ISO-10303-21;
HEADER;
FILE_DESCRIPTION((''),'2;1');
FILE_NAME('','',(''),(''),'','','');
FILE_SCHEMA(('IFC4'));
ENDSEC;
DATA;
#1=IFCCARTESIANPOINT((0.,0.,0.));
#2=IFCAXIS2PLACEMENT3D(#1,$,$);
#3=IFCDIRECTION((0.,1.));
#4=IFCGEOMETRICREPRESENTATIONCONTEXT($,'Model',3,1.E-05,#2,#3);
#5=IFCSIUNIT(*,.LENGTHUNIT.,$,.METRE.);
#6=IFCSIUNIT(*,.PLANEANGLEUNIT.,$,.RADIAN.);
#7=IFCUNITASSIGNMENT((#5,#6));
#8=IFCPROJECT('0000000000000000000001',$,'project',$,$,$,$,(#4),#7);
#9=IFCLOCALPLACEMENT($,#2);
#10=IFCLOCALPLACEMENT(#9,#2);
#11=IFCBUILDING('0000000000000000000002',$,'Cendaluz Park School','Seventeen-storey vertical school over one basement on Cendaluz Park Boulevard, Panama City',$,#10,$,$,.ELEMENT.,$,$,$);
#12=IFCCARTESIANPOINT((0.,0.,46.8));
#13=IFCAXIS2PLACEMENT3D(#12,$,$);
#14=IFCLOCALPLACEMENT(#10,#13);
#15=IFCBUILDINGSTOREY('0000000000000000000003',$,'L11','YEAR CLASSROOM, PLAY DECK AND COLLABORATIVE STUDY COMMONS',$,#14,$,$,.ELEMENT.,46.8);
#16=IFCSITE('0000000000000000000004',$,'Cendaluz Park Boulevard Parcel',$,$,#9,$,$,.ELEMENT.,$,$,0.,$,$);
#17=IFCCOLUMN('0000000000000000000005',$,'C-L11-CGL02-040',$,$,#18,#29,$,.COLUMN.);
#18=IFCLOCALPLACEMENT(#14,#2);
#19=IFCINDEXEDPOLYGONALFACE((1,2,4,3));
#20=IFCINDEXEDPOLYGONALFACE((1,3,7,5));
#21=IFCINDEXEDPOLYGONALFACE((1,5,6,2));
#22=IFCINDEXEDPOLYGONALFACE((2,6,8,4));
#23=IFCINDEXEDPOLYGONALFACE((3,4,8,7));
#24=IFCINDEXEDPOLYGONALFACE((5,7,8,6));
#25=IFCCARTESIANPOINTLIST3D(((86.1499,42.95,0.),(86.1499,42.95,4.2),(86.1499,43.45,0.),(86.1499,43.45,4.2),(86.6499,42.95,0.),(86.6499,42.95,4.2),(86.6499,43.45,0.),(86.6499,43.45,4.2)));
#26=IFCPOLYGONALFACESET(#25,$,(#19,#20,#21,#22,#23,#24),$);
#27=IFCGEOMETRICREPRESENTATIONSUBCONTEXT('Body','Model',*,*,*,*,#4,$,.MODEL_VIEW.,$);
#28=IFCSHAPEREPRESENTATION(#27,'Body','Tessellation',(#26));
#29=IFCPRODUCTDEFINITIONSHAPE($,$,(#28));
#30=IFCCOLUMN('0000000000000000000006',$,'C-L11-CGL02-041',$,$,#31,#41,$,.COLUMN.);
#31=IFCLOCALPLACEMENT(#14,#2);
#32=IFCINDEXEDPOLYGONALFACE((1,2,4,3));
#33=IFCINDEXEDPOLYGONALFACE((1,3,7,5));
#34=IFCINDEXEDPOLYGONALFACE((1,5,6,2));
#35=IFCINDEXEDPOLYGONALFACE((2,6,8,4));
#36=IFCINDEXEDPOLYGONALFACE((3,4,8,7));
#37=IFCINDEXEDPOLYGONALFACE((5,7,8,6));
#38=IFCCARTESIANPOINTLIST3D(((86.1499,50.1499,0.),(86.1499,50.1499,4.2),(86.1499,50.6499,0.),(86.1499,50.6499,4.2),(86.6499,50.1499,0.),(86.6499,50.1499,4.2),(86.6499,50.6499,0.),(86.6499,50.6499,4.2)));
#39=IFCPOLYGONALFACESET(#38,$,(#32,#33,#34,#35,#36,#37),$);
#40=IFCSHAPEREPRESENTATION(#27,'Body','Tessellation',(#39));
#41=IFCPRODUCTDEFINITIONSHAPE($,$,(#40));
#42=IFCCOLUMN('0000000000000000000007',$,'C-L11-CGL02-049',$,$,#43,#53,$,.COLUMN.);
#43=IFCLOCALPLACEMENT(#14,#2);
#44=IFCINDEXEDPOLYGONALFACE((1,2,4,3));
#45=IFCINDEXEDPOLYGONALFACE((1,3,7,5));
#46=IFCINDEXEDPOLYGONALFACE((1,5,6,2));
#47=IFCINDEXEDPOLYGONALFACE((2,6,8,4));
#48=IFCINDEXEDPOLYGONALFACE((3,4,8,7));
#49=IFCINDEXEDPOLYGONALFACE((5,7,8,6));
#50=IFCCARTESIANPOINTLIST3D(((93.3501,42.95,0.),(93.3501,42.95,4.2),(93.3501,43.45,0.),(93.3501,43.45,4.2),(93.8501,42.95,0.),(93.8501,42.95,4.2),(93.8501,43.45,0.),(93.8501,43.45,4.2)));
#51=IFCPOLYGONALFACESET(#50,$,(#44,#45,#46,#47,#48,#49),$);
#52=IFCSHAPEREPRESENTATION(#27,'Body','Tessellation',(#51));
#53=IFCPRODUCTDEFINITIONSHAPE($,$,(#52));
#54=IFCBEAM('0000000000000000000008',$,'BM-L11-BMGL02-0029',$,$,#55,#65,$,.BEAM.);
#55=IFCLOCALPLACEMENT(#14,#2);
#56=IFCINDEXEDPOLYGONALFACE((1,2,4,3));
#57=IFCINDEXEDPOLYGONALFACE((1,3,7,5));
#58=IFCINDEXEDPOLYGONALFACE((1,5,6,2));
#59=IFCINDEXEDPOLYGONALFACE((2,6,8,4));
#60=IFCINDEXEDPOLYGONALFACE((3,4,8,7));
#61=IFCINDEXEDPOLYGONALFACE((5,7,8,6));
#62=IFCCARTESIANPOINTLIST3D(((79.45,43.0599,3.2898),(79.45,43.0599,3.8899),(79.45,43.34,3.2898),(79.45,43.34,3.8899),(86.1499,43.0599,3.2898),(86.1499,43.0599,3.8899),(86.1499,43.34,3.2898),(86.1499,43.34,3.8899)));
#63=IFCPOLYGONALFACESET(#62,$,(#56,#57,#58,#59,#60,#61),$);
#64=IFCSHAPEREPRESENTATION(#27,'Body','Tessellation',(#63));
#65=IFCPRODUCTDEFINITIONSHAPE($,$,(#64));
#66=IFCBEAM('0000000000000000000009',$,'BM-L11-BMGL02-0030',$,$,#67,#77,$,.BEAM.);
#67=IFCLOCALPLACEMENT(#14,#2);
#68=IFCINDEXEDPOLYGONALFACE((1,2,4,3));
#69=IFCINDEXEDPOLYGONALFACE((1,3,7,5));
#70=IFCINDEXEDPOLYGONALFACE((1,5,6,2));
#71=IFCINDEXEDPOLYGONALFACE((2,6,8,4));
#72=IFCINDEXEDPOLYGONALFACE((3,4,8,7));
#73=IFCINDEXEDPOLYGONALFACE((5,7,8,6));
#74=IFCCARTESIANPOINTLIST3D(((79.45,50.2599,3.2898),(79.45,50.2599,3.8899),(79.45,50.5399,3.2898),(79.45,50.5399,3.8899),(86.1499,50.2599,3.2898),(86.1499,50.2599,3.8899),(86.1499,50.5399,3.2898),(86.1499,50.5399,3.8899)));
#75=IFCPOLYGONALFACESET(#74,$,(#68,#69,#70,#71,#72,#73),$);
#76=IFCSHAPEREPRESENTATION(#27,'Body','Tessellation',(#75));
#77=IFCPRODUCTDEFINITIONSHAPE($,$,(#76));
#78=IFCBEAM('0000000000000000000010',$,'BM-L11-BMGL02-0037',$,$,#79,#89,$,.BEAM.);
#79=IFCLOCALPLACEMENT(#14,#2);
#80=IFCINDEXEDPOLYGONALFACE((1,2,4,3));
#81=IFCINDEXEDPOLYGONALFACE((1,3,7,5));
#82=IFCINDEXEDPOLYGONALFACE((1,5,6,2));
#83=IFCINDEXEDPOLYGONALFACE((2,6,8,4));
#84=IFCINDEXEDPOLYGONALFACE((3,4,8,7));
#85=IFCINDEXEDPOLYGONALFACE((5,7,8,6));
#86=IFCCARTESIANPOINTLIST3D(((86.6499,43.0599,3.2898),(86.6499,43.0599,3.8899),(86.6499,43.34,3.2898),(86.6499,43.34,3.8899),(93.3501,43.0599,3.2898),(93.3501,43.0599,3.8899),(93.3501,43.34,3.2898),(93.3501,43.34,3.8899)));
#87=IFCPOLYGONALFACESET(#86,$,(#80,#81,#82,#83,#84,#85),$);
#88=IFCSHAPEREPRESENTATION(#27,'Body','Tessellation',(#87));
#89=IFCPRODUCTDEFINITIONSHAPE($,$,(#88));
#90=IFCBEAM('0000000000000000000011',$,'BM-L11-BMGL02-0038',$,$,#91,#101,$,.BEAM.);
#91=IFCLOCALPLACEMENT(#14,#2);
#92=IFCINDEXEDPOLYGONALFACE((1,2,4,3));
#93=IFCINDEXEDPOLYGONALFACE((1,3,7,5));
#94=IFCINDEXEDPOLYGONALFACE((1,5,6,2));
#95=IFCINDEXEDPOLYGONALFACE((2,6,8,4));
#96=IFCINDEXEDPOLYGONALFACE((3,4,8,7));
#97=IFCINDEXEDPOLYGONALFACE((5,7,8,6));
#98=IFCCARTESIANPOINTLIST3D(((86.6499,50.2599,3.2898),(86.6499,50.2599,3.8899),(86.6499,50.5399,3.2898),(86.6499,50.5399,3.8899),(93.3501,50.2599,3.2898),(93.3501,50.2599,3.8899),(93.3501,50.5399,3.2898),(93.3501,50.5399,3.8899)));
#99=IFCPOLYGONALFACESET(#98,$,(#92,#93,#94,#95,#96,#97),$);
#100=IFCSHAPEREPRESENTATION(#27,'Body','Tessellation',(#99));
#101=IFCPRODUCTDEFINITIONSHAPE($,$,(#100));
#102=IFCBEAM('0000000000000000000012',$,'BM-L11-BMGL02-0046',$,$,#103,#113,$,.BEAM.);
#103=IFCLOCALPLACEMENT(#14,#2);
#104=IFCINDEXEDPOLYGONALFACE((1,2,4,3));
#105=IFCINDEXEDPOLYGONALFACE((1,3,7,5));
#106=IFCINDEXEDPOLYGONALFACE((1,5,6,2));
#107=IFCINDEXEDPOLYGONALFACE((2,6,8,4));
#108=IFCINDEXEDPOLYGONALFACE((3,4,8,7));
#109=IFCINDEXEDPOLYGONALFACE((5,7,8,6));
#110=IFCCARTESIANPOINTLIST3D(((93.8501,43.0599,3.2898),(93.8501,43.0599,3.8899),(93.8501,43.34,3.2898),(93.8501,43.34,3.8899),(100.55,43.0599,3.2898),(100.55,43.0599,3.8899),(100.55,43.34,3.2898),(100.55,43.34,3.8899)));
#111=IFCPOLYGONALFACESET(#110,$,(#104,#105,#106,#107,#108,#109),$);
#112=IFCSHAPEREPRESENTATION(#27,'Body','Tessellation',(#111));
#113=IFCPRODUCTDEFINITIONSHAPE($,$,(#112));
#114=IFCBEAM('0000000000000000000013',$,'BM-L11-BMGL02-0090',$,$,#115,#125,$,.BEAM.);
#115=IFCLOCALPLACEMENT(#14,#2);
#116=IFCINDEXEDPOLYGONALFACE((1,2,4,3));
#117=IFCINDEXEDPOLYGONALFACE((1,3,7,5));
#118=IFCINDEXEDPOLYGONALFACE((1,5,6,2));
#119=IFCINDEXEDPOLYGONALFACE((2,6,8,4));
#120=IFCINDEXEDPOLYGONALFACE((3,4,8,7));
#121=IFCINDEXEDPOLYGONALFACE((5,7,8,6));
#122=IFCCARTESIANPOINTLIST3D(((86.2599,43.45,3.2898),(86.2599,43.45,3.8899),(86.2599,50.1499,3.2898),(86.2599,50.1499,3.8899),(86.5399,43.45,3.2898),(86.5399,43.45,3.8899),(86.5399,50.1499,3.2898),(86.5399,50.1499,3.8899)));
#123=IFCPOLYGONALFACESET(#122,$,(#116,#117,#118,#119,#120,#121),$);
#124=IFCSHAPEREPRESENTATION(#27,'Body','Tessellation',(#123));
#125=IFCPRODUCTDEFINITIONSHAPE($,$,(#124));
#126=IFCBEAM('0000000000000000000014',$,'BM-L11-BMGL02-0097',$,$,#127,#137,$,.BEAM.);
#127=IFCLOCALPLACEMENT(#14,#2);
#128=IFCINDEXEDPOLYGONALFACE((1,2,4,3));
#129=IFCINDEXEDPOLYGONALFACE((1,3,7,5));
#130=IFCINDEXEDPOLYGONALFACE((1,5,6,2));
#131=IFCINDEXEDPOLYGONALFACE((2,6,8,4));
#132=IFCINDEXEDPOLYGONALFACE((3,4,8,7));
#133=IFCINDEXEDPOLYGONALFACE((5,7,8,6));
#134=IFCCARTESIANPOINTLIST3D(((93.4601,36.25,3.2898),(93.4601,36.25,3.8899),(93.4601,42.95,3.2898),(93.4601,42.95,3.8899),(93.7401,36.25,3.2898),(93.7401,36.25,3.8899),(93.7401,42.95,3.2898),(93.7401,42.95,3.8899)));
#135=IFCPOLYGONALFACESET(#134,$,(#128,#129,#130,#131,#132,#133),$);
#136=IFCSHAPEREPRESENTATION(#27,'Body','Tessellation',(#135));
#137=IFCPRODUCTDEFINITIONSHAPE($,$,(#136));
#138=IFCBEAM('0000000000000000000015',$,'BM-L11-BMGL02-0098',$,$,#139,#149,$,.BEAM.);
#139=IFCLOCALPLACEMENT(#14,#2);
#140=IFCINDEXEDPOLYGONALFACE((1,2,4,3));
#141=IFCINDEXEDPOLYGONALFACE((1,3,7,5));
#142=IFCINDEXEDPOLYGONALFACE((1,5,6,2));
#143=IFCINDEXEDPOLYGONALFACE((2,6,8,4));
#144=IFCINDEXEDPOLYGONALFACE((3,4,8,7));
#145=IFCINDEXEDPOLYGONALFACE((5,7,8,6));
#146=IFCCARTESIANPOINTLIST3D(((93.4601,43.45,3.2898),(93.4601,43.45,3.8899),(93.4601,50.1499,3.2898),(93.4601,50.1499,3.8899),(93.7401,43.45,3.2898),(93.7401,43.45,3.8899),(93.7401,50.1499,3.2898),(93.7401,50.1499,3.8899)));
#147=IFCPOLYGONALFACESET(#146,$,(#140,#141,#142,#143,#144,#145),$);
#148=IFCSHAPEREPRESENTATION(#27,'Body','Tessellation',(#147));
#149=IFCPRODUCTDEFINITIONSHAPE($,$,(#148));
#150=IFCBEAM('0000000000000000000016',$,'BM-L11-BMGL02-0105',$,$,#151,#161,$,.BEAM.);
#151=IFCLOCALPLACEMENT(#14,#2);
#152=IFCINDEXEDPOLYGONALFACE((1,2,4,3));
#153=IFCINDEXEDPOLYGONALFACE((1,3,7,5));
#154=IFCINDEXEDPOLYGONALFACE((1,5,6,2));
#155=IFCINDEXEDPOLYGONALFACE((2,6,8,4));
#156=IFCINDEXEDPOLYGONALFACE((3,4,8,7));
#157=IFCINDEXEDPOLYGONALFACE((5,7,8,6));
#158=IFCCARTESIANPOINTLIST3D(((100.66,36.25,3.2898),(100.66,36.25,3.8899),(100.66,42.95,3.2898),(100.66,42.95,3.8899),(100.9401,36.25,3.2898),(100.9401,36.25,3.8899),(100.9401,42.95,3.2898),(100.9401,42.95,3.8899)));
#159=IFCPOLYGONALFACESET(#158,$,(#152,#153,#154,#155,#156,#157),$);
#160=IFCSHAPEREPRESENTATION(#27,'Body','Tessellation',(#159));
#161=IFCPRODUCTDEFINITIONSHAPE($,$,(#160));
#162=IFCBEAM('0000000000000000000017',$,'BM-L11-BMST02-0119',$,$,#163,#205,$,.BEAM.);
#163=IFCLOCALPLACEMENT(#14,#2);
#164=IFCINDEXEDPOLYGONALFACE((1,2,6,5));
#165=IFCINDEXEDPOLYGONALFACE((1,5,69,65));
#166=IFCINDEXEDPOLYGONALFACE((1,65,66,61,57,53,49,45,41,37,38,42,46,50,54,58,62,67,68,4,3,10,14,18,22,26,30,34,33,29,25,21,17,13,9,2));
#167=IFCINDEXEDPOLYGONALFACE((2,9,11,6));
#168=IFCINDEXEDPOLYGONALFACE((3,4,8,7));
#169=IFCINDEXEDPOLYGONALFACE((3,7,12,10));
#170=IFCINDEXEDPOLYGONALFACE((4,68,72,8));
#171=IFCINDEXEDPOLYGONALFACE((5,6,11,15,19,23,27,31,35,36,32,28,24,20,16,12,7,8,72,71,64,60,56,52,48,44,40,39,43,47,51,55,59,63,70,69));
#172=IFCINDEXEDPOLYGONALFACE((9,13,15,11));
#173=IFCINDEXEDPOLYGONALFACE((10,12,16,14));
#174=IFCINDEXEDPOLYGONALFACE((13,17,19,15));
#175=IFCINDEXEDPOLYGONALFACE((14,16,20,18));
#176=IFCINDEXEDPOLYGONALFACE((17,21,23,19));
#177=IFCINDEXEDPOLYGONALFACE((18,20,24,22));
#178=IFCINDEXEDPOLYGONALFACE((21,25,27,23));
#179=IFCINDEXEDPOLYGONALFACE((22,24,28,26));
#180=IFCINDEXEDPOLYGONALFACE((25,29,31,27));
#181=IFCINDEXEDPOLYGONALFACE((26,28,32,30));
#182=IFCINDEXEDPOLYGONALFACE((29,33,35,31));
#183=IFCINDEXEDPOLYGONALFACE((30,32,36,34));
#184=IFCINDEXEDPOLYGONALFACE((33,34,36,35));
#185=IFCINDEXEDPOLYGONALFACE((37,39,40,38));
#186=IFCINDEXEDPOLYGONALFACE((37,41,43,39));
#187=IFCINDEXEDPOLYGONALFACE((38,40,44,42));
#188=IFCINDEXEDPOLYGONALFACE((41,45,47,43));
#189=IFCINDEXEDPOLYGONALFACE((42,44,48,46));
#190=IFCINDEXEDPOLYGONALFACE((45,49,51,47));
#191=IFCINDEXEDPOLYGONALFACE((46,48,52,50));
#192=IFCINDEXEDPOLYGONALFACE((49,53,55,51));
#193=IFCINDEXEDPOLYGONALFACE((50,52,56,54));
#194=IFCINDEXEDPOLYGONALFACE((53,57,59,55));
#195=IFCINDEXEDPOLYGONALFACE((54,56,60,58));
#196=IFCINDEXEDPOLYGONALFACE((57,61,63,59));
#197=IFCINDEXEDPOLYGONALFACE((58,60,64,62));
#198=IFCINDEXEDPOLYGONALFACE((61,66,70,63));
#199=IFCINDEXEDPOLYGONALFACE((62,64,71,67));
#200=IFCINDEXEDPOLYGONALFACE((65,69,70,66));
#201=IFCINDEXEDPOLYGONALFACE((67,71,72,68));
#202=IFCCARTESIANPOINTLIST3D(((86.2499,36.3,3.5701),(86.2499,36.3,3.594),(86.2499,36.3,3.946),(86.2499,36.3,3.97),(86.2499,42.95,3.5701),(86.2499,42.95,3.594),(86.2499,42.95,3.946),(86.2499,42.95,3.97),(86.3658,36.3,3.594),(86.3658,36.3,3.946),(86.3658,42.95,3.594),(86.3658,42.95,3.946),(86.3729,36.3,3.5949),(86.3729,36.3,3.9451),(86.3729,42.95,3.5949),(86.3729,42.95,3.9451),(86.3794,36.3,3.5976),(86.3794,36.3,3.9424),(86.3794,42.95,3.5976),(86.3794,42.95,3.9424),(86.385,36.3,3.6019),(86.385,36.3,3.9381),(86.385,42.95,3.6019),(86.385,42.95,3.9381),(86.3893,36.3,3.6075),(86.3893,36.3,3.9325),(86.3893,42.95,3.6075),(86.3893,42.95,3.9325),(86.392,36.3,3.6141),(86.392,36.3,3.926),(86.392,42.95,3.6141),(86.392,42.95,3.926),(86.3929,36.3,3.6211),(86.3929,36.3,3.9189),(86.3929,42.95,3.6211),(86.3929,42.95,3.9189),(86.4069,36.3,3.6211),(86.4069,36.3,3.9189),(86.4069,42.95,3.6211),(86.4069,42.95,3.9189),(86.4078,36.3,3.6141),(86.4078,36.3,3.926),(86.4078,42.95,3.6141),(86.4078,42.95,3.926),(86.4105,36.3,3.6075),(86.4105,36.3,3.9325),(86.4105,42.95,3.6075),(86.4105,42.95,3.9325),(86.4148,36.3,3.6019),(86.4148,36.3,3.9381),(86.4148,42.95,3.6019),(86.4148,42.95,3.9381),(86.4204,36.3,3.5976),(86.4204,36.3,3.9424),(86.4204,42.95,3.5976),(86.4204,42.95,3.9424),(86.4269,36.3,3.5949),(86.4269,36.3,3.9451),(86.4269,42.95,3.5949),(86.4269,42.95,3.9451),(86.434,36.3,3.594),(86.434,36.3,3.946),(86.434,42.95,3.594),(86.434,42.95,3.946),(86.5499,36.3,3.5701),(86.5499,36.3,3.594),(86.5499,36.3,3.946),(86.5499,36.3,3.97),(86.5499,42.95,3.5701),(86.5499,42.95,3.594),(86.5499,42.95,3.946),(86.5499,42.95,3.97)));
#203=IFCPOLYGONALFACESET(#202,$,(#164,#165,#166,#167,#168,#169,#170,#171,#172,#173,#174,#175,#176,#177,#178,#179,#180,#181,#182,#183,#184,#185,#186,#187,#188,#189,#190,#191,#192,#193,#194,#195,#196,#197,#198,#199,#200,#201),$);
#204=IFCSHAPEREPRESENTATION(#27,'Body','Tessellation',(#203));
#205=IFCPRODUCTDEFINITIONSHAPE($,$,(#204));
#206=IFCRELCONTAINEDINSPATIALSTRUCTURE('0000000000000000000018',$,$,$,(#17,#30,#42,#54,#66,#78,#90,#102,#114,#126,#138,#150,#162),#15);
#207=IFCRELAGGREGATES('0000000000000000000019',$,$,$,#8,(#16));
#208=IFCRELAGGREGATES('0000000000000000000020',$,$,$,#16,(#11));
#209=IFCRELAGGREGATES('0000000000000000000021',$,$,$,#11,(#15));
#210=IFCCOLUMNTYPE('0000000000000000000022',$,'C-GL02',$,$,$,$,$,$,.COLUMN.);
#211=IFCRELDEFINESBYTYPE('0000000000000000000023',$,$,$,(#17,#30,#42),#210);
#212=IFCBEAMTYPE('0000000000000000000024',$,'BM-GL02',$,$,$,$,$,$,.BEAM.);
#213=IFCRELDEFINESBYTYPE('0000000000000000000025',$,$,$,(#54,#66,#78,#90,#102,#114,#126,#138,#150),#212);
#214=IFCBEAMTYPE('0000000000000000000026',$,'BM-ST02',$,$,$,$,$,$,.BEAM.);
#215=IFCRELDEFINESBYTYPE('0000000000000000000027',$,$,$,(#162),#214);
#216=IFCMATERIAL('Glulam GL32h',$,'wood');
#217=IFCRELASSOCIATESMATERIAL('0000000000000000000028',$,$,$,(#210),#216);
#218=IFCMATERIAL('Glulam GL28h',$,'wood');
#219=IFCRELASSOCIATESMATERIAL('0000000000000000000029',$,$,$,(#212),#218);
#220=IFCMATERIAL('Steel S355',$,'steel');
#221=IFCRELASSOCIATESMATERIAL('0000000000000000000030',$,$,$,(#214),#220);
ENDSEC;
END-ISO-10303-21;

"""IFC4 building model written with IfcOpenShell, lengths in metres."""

from ifc_helpers import new_model, si_unit, direction, frame, origin, origin_2d, place, context, subcontext, project, spatial, rectangle, i_section, extrude, material, material_profile, profile_set, type_object, element, save


model = new_model("IFC4")

# Units and contexts
model_context = context("Model", 3, precision=1e-05, world=origin(), true_north=direction((0.0, 1.0)))
body_context = subcontext(model_context, "Body", "Model", "MODEL_VIEW")
ifc_project = project(units=[si_unit("LENGTHUNIT", "METRE"), si_unit("PLANEANGLEUNIT", "RADIAN")], contexts=[model_context])

# Site, building, storey
site_placement = place(None, origin())
site = spatial("IfcSite", under=ifc_project, at=site_placement, Name="Cendaluz Park Boulevard Parcel", CompositionType="ELEMENT", RefElevation=0.0)
building_placement = place(site_placement, origin())
building = spatial("IfcBuilding", under=site, at=building_placement, Name="Cendaluz Park School", Description="Seventeen-storey vertical school over one basement on Cendaluz Park Boulevard, Panama City", CompositionType="ELEMENT")
storey_placement = place(building_placement, frame((0.0, 0.0, 46.8)))
storey = spatial("IfcBuildingStorey", under=building, at=storey_placement, Name="L11", Description="YEAR CLASSROOM, PLAY DECK AND COLLABORATIVE STUDY COMMONS", CompositionType="ELEMENT", Elevation=46.8)

# Columns
ifc_material_1 = material(Name="Glulam GL32h", Category="wood")
ifc_material_profile_1 = material_profile(ifc_material_1, rectangle(XDim=0.5, YDim=0.5, at=origin_2d()), Name="GL32h 500x500", Category="wood")
ifc_profile_set_1 = profile_set([ifc_material_profile_1], Name="Glulam GL32h")
column_type = type_object("IfcColumnType", Name="C-GL02", PredefinedType="COLUMN", material=ifc_profile_set_1)
for number, where, z_axis, x_axis, name in (
    (1, (86.3999, 43.2, 0.0), (0.0, 0.0, 1.0), (1.0, 0.0, 0.0), "C-L11-CGL02-040"),
    (2, (86.3999, 50.3999, 0.0), (0.0, 0.0, 1.0), (1.0, 0.0, 0.0), "C-L11-CGL02-041"),
    (3, (93.6001, 43.2, 0.0), (0.0, 0.0, 1.0), (1.0, 0.0, 0.0), "C-L11-CGL02-049"),
):
    element("IfcColumn", number, at=place(storey_placement, frame(where, z_axis=z_axis, x_axis=x_axis)), inside=storey, type_object=column_type, Name=name, PredefinedType="COLUMN", context=body_context, shape_type="SweptSolid", body=[
        extrude(rectangle(XDim=0.5, YDim=0.5, at=origin_2d()), origin(), (0.0, 0.0, 1.0), 4.2),
    ])

# Beams
ifc_material_2 = material(Name="Glulam GL28h", Category="wood")
ifc_material_profile_2 = material_profile(ifc_material_2, rectangle(XDim=0.28, YDim=0.6001, at=origin_2d()), Name="GL28h 280x600", Category="wood")
ifc_profile_set_2 = profile_set([ifc_material_profile_2], Name="Glulam GL28h")
beam_type_1 = type_object("IfcBeamType", Name="BM-GL02", PredefinedType="BEAM", material=ifc_profile_set_2)
for number, where, z_axis, x_axis, name in (
    (4, (79.45, 43.2, 3.5898), (1.0, 0.0, 0.0), (0.0, 1.0, 0.0), "BM-L11-BMGL02-0029"),
    (5, (79.45, 50.3999, 3.5898), (1.0, 0.0, 0.0), (0.0, 1.0, 0.0), "BM-L11-BMGL02-0030"),
):
    element("IfcBeam", number, at=place(storey_placement, frame(where, z_axis=z_axis, x_axis=x_axis)), inside=storey, type_object=beam_type_1, Name=name, PredefinedType="BEAM", context=body_context, shape_type="SweptSolid", body=[
        extrude(rectangle(XDim=0.28, YDim=0.6001, at=origin_2d()), origin(), (0.0, 0.0, 1.0), 6.7),
    ])
for number, where, z_axis, x_axis, name in (
    (6, (86.6499, 43.2, 3.5898), (1.0, 0.0, 0.0), (0.0, 1.0, 0.0), "BM-L11-BMGL02-0037"),
    (7, (86.6499, 50.3999, 3.5898), (1.0, 0.0, 0.0), (0.0, 1.0, 0.0), "BM-L11-BMGL02-0038"),
):
    element("IfcBeam", number, at=place(storey_placement, frame(where, z_axis=z_axis, x_axis=x_axis)), inside=storey, type_object=beam_type_1, Name=name, PredefinedType="BEAM", context=body_context, shape_type="SweptSolid", body=[
        extrude(rectangle(XDim=0.28, YDim=0.6001, at=origin_2d()), origin(), (0.0, 0.0, 1.0), 6.7002),
    ])
for number, where, z_axis, x_axis, name in (
    (8, (93.8501, 43.2, 3.5898), (1.0, 0.0, 0.0), (0.0, 1.0, 0.0), "BM-L11-BMGL02-0046"),
    (9, (86.3999, 43.45, 3.5898), (0.0, 1.0, 0.0), (-1.0, 0.0, 0.0), "BM-L11-BMGL02-0090"),
    (10, (93.6001, 36.25, 3.5898), (0.0, 1.0, 0.0), (-1.0, 0.0, 0.0), "BM-L11-BMGL02-0097"),
    (11, (93.6001, 43.45, 3.5898), (0.0, 1.0, 0.0), (-1.0, 0.0, 0.0), "BM-L11-BMGL02-0098"),
    (12, (100.8, 36.25, 3.5898), (0.0, 1.0, 0.0), (-1.0, 0.0, 0.0), "BM-L11-BMGL02-0105"),
):
    element("IfcBeam", number, at=place(storey_placement, frame(where, z_axis=z_axis, x_axis=x_axis)), inside=storey, type_object=beam_type_1, Name=name, PredefinedType="BEAM", context=body_context, shape_type="SweptSolid", body=[
        extrude(rectangle(XDim=0.28, YDim=0.6001, at=origin_2d()), origin(), (0.0, 0.0, 1.0), 6.7),
    ])
ifc_material_3 = material(Name="Steel S355", Category="steel")
ifc_material_profile_3 = material_profile(ifc_material_3, i_section(OverallWidth=0.3, OverallDepth=0.3999, WebThickness=0.0139, FlangeThickness=0.0239, FilletRadius=0.0271, at=origin_2d()), Name="HEB 400", Category="steel")
ifc_profile_set_3 = profile_set([ifc_material_profile_3], Name="Steel S355")
beam_type_2 = type_object("IfcBeamType", Name="BM-ST02", PredefinedType="BEAM", material=ifc_profile_set_3)
beam_placement = place(storey_placement, frame((86.3999, 36.3, 3.77), z_axis=(0.0, 1.0, 0.0), x_axis=(-1.0, 0.0, 0.0)))
element("IfcBeam", 13, at=beam_placement, inside=storey, type_object=beam_type_2, Name="BM-L11-BMST02-0119", PredefinedType="BEAM", context=body_context, shape_type="SweptSolid", body=[
    extrude(i_section(OverallWidth=0.3, OverallDepth=0.3999, WebThickness=0.0139, FlangeThickness=0.0239, FilletRadius=0.0271, at=origin_2d()), origin(), (0.0, 0.0, 1.0), 6.6499),
])

save(model, "model.ifc")
